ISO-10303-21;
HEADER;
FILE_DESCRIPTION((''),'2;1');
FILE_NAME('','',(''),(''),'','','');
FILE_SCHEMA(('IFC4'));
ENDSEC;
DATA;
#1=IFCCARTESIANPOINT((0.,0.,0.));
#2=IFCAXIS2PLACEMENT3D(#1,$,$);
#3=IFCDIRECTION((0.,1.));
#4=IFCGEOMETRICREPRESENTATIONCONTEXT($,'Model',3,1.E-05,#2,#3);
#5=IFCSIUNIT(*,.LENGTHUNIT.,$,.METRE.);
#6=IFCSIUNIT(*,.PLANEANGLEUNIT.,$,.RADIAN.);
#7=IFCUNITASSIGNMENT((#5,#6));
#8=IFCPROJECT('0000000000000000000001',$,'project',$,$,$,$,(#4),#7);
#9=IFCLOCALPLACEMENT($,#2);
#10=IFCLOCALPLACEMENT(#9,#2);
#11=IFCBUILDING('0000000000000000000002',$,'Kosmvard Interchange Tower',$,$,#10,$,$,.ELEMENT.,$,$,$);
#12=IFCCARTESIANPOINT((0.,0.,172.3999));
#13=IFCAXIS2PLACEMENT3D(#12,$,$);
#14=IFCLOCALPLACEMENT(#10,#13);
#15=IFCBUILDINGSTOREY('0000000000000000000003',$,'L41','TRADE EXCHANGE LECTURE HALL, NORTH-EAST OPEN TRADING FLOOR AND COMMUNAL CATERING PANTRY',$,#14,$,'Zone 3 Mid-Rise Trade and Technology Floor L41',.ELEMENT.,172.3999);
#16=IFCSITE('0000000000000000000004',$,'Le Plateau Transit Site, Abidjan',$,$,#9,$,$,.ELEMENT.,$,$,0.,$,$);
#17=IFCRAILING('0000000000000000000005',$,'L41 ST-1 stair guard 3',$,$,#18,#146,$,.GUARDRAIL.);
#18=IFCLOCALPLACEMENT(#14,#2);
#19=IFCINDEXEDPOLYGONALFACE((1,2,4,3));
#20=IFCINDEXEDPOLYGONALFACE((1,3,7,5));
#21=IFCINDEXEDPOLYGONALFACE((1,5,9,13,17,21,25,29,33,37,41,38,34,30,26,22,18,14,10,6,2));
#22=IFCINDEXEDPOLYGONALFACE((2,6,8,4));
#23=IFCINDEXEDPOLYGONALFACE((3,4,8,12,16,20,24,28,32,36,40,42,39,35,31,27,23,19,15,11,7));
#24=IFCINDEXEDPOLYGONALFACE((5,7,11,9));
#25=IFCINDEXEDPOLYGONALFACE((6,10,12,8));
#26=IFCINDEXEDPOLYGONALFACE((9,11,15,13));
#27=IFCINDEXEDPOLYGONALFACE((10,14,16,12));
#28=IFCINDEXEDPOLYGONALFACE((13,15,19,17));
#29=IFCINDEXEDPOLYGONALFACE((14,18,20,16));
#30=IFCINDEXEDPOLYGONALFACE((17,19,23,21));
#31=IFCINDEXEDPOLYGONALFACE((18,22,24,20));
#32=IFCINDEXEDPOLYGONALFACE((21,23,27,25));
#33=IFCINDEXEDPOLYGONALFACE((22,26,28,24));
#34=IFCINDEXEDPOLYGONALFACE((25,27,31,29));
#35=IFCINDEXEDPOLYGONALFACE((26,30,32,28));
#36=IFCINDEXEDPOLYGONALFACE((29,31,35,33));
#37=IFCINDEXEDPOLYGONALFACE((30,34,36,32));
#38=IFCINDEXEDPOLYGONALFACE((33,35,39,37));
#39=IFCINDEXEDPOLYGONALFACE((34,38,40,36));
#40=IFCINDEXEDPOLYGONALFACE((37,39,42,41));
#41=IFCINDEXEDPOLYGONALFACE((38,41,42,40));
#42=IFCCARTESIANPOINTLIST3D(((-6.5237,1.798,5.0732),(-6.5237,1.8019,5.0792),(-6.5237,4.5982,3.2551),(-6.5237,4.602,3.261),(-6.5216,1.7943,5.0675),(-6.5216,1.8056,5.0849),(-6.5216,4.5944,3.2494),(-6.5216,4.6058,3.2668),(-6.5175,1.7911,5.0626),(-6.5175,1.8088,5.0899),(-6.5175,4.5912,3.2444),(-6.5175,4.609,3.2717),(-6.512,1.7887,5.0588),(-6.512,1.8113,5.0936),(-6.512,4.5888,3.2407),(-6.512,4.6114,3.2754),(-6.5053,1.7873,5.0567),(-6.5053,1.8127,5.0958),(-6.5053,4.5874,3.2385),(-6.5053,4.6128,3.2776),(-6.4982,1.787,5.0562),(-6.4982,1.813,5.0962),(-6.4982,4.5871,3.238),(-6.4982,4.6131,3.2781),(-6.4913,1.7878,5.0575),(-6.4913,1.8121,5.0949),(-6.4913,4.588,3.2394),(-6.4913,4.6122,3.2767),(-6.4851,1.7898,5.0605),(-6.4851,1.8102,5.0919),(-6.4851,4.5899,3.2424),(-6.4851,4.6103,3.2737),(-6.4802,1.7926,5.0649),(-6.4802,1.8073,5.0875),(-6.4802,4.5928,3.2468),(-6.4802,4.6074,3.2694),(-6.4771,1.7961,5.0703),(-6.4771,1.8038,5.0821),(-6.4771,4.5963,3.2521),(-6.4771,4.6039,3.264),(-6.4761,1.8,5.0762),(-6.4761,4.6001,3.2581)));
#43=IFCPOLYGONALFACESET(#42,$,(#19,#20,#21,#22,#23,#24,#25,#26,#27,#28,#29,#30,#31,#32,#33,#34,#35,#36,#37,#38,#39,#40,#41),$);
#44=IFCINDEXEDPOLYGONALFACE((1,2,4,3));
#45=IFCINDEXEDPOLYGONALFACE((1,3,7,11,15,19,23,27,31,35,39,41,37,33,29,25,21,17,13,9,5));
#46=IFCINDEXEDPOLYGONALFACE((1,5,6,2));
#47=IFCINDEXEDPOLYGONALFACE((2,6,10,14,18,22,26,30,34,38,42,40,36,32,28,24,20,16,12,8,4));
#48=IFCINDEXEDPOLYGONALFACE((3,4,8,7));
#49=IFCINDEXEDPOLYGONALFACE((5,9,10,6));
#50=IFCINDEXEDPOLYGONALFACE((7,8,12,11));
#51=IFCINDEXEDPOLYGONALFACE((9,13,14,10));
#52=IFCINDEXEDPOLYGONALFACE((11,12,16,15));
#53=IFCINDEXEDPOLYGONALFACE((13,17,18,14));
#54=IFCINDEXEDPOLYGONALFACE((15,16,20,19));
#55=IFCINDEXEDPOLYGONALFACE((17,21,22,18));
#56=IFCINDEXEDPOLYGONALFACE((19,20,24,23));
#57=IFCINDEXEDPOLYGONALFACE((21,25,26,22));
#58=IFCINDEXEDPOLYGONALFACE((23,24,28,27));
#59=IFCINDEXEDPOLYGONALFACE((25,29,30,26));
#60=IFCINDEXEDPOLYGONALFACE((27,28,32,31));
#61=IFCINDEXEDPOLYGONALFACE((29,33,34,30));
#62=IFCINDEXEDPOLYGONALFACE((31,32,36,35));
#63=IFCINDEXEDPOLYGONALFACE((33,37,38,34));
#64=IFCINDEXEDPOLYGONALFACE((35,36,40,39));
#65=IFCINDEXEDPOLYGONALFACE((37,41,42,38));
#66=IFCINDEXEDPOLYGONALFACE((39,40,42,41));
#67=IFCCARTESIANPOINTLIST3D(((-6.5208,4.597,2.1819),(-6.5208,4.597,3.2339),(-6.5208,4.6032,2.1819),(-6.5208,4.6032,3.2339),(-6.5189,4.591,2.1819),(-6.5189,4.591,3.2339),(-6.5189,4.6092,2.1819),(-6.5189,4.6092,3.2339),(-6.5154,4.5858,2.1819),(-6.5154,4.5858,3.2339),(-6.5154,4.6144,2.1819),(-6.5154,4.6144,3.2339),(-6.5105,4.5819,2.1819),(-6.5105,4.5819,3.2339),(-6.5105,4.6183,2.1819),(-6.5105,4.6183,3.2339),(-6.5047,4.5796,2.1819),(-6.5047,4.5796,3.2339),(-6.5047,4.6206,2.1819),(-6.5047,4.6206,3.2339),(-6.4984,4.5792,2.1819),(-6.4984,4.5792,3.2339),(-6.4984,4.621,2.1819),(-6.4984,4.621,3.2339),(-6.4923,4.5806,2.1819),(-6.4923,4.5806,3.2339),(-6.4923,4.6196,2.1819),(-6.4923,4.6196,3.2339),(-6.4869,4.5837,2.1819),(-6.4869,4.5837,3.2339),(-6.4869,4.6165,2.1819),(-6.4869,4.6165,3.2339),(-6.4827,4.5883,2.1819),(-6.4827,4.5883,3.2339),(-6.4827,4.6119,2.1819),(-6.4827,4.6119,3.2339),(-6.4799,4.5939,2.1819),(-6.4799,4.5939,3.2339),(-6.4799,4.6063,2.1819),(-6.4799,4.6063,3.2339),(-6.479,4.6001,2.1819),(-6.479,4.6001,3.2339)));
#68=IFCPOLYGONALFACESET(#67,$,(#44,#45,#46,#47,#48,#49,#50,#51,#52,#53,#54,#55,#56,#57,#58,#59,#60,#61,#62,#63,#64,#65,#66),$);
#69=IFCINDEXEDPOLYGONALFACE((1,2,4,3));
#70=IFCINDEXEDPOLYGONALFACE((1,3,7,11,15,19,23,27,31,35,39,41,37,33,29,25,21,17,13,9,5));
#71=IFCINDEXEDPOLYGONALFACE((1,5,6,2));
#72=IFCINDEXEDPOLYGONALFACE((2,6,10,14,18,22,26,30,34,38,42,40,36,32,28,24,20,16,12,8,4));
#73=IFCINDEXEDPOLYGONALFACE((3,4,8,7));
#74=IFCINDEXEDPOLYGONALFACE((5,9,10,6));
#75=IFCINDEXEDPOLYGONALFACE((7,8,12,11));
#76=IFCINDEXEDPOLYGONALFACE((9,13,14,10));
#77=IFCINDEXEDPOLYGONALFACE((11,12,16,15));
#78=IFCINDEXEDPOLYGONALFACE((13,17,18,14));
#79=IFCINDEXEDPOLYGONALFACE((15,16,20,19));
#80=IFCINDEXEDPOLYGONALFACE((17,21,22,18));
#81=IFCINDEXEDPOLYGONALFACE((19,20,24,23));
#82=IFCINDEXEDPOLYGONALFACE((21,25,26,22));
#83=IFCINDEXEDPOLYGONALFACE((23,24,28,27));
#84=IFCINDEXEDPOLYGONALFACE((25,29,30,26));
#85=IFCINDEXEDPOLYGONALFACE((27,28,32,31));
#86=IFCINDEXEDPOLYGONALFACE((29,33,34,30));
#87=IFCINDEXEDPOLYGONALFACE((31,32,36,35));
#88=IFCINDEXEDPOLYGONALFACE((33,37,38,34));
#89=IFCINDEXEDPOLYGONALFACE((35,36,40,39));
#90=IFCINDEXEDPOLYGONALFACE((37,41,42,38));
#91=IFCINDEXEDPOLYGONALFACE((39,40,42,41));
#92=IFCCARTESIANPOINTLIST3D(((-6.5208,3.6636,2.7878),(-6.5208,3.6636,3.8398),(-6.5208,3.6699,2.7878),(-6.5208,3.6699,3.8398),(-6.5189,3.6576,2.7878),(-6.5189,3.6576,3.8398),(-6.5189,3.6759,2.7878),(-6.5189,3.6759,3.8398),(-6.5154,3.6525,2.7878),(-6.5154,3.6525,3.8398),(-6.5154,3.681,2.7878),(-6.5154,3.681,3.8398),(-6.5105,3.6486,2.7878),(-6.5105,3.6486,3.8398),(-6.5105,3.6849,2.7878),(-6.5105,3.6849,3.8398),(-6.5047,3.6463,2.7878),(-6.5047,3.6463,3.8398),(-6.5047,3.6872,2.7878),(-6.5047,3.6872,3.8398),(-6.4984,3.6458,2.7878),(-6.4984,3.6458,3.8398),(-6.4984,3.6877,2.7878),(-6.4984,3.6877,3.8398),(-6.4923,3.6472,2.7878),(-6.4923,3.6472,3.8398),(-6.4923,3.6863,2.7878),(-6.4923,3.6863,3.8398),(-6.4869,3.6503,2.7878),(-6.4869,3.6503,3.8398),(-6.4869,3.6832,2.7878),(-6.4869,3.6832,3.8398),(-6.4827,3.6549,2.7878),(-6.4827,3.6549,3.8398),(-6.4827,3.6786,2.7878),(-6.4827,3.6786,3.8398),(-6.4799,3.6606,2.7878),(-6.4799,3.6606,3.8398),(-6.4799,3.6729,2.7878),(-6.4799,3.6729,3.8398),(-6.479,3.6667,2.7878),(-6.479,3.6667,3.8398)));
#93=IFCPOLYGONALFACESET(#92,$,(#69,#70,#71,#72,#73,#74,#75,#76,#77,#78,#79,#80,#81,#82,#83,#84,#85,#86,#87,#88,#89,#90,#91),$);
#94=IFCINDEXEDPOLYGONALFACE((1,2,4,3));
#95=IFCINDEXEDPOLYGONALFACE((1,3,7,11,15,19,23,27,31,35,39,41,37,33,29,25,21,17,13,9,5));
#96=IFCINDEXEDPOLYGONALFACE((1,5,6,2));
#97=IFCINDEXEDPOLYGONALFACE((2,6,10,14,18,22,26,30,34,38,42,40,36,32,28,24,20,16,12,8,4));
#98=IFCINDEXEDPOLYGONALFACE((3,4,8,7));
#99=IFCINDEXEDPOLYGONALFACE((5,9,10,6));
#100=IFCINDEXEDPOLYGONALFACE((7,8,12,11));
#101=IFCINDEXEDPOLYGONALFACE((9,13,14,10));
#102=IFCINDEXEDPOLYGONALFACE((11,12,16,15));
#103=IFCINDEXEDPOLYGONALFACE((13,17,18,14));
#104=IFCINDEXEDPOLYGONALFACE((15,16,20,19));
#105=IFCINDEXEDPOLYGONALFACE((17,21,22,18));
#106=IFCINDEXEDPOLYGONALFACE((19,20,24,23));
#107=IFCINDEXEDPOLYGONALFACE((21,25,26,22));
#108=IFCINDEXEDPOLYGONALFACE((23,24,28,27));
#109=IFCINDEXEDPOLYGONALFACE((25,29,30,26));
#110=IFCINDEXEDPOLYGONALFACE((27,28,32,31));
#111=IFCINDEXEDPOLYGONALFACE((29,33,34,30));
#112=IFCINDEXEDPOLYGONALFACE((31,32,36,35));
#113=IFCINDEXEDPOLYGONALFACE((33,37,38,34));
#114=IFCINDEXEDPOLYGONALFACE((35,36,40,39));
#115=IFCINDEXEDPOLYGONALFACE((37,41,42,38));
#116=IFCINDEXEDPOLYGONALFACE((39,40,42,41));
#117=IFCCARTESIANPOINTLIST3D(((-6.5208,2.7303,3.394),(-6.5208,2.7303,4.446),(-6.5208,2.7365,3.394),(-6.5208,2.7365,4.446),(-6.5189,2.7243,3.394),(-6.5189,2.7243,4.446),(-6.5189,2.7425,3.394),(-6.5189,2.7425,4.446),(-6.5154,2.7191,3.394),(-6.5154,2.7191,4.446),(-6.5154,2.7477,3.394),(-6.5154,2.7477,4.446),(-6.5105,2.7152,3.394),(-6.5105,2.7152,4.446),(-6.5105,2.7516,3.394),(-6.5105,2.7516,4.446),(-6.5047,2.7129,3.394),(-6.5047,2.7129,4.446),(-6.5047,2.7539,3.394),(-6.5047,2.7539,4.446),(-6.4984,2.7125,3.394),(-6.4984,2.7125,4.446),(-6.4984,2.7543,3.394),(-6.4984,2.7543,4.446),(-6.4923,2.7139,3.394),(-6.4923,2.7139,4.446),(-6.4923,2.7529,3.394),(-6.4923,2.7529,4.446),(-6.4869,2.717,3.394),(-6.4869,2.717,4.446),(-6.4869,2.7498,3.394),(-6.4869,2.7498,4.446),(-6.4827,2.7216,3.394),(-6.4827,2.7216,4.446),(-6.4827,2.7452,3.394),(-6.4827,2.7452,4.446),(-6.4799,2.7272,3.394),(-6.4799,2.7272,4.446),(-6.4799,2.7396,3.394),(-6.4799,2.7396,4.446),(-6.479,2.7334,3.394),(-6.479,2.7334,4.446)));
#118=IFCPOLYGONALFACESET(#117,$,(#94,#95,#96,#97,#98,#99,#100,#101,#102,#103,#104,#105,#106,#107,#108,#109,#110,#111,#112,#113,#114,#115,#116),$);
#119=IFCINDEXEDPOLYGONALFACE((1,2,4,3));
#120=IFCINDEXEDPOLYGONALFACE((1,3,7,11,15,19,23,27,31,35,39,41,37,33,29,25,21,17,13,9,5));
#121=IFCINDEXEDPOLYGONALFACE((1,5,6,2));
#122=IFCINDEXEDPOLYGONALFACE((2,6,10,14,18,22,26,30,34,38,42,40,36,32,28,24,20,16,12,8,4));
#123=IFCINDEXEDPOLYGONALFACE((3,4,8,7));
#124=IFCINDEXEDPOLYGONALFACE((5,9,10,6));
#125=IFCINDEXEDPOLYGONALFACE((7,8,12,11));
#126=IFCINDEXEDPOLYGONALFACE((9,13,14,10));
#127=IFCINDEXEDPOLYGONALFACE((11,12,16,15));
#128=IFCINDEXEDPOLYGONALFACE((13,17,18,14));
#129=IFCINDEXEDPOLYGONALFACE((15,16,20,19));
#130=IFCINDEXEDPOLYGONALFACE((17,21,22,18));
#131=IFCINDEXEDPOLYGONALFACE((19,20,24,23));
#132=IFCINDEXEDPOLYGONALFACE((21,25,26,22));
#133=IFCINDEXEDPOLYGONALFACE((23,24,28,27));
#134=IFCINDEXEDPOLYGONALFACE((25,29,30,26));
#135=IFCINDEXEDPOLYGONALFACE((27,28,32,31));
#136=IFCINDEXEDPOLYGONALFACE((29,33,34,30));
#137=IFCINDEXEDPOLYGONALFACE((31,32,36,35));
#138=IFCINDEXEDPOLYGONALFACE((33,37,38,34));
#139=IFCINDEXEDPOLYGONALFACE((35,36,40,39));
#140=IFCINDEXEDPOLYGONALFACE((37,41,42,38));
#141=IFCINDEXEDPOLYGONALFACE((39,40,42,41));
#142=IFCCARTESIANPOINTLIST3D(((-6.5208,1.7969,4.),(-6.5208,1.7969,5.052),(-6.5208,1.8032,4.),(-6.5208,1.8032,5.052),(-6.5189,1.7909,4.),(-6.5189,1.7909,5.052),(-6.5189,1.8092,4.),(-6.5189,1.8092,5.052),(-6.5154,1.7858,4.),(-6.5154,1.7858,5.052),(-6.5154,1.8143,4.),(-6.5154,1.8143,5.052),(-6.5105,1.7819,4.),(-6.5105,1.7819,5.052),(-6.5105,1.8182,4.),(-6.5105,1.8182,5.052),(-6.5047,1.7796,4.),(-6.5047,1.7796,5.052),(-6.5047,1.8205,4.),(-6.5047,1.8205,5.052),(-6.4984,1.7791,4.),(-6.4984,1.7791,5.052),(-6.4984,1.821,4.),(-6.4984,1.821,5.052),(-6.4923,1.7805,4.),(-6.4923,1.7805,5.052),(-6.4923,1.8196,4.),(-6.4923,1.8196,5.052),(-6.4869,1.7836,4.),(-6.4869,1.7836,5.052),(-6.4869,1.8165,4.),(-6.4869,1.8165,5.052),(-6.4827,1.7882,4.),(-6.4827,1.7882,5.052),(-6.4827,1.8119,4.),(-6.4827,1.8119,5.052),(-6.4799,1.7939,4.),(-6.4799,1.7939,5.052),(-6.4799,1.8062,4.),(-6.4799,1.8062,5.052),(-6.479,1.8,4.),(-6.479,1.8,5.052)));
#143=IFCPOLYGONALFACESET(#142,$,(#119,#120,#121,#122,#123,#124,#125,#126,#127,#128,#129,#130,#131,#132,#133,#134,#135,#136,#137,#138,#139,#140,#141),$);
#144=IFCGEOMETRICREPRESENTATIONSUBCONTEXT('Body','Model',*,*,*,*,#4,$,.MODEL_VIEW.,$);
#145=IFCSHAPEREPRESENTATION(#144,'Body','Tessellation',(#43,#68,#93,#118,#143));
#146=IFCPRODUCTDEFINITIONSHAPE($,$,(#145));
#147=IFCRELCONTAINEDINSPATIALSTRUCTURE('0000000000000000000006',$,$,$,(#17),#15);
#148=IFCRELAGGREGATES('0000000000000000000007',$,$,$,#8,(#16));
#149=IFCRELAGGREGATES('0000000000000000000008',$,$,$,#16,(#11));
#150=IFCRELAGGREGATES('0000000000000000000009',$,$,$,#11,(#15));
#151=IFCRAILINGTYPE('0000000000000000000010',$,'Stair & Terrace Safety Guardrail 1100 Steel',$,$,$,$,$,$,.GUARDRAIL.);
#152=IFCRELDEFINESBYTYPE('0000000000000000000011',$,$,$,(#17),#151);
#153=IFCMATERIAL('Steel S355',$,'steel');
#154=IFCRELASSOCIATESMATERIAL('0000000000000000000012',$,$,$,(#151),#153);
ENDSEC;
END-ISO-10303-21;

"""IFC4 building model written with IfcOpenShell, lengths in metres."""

from ifc_helpers import new_model, si_unit, direction, frame, origin, origin_2d, place, context, subcontext, project, spatial, circle, extrude, source, transform, mapped, material, type_object, element, save


model = new_model("IFC4")

# Units and contexts
model_context = context("Model", 3, precision=1e-05, world=origin(), true_north=direction((0.0, 1.0)))
body_context = subcontext(model_context, "Body", "Model", "MODEL_VIEW")
ifc_project = project(units=[si_unit("LENGTHUNIT", "METRE"), si_unit("PLANEANGLEUNIT", "RADIAN")], contexts=[model_context])

# Site, building, storey
site_placement = place(None, origin())
site = spatial("IfcSite", under=ifc_project, at=site_placement, Name="Le Plateau Transit Site, Abidjan", CompositionType="ELEMENT", RefElevation=0.0)
building_placement = place(site_placement, origin())
building = spatial("IfcBuilding", under=site, at=building_placement, Name="Kosmvard Interchange Tower", CompositionType="ELEMENT")
storey_placement = place(building_placement, frame((0.0, 0.0, 172.3999)))
storey = spatial("IfcBuildingStorey", under=building, at=storey_placement, Name="L41", Description="TRADE EXCHANGE LECTURE HALL, NORTH-EAST OPEN TRADING FLOOR AND COMMUNAL CATERING PANTRY", LongName="Zone 3 Mid-Rise Trade and Technology Floor L41", CompositionType="ELEMENT", Elevation=172.3999)

# Shared definitions
ifc_material_1 = material(Name="Steel S355", Category="steel")

# Railing
railing_type_1 = type_object("IfcRailingType", Name="Stair & Terrace Safety Guardrail 1100 Steel", PredefinedType="GUARDRAIL", material=ifc_material_1)
shared_shape_1 = source(origin(), body_context, "Body", "SweptSolid", [
    extrude(circle(Radius=0.0239, at=origin_2d()), frame((0.0, 0.0, 1.0762), z_axis=(0.0, -0.838706, 0.544585), x_axis=(1.0, 0.0, 0.0)), (0.0, 0.0, 1.0), 3.3386),
    extrude(circle(Radius=0.021, at=origin_2d()), origin(), (0.0, 0.0, 1.0), 1.052),
    extrude(circle(Radius=0.021, at=origin_2d()), frame((0.0, -0.9333, 0.606)), (0.0, 0.0, 1.0), 1.052),
    extrude(circle(Radius=0.021, at=origin_2d()), frame((0.0, -1.8667, 1.2122)), (0.0, 0.0, 1.0), 1.052),
    extrude(circle(Radius=0.021, at=origin_2d()), frame((0.0, -2.8, 1.8181)), (0.0, 0.0, 1.0), 1.052),
])
railing_1_placement = place(storey_placement, frame((-6.5, 4.6001, 2.1819)))
element("IfcRailing", 1, at=railing_1_placement, inside=storey, type_object=railing_type_1, Name="L41 ST-1 stair guard 3", PredefinedType="GUARDRAIL", context=body_context, shape_type="MappedRepresentation", body=[
    mapped(shared_shape_1, transform((0.0, 0.0, 0.0), scale=1.0)),
])

save(model, "model.ifc")
